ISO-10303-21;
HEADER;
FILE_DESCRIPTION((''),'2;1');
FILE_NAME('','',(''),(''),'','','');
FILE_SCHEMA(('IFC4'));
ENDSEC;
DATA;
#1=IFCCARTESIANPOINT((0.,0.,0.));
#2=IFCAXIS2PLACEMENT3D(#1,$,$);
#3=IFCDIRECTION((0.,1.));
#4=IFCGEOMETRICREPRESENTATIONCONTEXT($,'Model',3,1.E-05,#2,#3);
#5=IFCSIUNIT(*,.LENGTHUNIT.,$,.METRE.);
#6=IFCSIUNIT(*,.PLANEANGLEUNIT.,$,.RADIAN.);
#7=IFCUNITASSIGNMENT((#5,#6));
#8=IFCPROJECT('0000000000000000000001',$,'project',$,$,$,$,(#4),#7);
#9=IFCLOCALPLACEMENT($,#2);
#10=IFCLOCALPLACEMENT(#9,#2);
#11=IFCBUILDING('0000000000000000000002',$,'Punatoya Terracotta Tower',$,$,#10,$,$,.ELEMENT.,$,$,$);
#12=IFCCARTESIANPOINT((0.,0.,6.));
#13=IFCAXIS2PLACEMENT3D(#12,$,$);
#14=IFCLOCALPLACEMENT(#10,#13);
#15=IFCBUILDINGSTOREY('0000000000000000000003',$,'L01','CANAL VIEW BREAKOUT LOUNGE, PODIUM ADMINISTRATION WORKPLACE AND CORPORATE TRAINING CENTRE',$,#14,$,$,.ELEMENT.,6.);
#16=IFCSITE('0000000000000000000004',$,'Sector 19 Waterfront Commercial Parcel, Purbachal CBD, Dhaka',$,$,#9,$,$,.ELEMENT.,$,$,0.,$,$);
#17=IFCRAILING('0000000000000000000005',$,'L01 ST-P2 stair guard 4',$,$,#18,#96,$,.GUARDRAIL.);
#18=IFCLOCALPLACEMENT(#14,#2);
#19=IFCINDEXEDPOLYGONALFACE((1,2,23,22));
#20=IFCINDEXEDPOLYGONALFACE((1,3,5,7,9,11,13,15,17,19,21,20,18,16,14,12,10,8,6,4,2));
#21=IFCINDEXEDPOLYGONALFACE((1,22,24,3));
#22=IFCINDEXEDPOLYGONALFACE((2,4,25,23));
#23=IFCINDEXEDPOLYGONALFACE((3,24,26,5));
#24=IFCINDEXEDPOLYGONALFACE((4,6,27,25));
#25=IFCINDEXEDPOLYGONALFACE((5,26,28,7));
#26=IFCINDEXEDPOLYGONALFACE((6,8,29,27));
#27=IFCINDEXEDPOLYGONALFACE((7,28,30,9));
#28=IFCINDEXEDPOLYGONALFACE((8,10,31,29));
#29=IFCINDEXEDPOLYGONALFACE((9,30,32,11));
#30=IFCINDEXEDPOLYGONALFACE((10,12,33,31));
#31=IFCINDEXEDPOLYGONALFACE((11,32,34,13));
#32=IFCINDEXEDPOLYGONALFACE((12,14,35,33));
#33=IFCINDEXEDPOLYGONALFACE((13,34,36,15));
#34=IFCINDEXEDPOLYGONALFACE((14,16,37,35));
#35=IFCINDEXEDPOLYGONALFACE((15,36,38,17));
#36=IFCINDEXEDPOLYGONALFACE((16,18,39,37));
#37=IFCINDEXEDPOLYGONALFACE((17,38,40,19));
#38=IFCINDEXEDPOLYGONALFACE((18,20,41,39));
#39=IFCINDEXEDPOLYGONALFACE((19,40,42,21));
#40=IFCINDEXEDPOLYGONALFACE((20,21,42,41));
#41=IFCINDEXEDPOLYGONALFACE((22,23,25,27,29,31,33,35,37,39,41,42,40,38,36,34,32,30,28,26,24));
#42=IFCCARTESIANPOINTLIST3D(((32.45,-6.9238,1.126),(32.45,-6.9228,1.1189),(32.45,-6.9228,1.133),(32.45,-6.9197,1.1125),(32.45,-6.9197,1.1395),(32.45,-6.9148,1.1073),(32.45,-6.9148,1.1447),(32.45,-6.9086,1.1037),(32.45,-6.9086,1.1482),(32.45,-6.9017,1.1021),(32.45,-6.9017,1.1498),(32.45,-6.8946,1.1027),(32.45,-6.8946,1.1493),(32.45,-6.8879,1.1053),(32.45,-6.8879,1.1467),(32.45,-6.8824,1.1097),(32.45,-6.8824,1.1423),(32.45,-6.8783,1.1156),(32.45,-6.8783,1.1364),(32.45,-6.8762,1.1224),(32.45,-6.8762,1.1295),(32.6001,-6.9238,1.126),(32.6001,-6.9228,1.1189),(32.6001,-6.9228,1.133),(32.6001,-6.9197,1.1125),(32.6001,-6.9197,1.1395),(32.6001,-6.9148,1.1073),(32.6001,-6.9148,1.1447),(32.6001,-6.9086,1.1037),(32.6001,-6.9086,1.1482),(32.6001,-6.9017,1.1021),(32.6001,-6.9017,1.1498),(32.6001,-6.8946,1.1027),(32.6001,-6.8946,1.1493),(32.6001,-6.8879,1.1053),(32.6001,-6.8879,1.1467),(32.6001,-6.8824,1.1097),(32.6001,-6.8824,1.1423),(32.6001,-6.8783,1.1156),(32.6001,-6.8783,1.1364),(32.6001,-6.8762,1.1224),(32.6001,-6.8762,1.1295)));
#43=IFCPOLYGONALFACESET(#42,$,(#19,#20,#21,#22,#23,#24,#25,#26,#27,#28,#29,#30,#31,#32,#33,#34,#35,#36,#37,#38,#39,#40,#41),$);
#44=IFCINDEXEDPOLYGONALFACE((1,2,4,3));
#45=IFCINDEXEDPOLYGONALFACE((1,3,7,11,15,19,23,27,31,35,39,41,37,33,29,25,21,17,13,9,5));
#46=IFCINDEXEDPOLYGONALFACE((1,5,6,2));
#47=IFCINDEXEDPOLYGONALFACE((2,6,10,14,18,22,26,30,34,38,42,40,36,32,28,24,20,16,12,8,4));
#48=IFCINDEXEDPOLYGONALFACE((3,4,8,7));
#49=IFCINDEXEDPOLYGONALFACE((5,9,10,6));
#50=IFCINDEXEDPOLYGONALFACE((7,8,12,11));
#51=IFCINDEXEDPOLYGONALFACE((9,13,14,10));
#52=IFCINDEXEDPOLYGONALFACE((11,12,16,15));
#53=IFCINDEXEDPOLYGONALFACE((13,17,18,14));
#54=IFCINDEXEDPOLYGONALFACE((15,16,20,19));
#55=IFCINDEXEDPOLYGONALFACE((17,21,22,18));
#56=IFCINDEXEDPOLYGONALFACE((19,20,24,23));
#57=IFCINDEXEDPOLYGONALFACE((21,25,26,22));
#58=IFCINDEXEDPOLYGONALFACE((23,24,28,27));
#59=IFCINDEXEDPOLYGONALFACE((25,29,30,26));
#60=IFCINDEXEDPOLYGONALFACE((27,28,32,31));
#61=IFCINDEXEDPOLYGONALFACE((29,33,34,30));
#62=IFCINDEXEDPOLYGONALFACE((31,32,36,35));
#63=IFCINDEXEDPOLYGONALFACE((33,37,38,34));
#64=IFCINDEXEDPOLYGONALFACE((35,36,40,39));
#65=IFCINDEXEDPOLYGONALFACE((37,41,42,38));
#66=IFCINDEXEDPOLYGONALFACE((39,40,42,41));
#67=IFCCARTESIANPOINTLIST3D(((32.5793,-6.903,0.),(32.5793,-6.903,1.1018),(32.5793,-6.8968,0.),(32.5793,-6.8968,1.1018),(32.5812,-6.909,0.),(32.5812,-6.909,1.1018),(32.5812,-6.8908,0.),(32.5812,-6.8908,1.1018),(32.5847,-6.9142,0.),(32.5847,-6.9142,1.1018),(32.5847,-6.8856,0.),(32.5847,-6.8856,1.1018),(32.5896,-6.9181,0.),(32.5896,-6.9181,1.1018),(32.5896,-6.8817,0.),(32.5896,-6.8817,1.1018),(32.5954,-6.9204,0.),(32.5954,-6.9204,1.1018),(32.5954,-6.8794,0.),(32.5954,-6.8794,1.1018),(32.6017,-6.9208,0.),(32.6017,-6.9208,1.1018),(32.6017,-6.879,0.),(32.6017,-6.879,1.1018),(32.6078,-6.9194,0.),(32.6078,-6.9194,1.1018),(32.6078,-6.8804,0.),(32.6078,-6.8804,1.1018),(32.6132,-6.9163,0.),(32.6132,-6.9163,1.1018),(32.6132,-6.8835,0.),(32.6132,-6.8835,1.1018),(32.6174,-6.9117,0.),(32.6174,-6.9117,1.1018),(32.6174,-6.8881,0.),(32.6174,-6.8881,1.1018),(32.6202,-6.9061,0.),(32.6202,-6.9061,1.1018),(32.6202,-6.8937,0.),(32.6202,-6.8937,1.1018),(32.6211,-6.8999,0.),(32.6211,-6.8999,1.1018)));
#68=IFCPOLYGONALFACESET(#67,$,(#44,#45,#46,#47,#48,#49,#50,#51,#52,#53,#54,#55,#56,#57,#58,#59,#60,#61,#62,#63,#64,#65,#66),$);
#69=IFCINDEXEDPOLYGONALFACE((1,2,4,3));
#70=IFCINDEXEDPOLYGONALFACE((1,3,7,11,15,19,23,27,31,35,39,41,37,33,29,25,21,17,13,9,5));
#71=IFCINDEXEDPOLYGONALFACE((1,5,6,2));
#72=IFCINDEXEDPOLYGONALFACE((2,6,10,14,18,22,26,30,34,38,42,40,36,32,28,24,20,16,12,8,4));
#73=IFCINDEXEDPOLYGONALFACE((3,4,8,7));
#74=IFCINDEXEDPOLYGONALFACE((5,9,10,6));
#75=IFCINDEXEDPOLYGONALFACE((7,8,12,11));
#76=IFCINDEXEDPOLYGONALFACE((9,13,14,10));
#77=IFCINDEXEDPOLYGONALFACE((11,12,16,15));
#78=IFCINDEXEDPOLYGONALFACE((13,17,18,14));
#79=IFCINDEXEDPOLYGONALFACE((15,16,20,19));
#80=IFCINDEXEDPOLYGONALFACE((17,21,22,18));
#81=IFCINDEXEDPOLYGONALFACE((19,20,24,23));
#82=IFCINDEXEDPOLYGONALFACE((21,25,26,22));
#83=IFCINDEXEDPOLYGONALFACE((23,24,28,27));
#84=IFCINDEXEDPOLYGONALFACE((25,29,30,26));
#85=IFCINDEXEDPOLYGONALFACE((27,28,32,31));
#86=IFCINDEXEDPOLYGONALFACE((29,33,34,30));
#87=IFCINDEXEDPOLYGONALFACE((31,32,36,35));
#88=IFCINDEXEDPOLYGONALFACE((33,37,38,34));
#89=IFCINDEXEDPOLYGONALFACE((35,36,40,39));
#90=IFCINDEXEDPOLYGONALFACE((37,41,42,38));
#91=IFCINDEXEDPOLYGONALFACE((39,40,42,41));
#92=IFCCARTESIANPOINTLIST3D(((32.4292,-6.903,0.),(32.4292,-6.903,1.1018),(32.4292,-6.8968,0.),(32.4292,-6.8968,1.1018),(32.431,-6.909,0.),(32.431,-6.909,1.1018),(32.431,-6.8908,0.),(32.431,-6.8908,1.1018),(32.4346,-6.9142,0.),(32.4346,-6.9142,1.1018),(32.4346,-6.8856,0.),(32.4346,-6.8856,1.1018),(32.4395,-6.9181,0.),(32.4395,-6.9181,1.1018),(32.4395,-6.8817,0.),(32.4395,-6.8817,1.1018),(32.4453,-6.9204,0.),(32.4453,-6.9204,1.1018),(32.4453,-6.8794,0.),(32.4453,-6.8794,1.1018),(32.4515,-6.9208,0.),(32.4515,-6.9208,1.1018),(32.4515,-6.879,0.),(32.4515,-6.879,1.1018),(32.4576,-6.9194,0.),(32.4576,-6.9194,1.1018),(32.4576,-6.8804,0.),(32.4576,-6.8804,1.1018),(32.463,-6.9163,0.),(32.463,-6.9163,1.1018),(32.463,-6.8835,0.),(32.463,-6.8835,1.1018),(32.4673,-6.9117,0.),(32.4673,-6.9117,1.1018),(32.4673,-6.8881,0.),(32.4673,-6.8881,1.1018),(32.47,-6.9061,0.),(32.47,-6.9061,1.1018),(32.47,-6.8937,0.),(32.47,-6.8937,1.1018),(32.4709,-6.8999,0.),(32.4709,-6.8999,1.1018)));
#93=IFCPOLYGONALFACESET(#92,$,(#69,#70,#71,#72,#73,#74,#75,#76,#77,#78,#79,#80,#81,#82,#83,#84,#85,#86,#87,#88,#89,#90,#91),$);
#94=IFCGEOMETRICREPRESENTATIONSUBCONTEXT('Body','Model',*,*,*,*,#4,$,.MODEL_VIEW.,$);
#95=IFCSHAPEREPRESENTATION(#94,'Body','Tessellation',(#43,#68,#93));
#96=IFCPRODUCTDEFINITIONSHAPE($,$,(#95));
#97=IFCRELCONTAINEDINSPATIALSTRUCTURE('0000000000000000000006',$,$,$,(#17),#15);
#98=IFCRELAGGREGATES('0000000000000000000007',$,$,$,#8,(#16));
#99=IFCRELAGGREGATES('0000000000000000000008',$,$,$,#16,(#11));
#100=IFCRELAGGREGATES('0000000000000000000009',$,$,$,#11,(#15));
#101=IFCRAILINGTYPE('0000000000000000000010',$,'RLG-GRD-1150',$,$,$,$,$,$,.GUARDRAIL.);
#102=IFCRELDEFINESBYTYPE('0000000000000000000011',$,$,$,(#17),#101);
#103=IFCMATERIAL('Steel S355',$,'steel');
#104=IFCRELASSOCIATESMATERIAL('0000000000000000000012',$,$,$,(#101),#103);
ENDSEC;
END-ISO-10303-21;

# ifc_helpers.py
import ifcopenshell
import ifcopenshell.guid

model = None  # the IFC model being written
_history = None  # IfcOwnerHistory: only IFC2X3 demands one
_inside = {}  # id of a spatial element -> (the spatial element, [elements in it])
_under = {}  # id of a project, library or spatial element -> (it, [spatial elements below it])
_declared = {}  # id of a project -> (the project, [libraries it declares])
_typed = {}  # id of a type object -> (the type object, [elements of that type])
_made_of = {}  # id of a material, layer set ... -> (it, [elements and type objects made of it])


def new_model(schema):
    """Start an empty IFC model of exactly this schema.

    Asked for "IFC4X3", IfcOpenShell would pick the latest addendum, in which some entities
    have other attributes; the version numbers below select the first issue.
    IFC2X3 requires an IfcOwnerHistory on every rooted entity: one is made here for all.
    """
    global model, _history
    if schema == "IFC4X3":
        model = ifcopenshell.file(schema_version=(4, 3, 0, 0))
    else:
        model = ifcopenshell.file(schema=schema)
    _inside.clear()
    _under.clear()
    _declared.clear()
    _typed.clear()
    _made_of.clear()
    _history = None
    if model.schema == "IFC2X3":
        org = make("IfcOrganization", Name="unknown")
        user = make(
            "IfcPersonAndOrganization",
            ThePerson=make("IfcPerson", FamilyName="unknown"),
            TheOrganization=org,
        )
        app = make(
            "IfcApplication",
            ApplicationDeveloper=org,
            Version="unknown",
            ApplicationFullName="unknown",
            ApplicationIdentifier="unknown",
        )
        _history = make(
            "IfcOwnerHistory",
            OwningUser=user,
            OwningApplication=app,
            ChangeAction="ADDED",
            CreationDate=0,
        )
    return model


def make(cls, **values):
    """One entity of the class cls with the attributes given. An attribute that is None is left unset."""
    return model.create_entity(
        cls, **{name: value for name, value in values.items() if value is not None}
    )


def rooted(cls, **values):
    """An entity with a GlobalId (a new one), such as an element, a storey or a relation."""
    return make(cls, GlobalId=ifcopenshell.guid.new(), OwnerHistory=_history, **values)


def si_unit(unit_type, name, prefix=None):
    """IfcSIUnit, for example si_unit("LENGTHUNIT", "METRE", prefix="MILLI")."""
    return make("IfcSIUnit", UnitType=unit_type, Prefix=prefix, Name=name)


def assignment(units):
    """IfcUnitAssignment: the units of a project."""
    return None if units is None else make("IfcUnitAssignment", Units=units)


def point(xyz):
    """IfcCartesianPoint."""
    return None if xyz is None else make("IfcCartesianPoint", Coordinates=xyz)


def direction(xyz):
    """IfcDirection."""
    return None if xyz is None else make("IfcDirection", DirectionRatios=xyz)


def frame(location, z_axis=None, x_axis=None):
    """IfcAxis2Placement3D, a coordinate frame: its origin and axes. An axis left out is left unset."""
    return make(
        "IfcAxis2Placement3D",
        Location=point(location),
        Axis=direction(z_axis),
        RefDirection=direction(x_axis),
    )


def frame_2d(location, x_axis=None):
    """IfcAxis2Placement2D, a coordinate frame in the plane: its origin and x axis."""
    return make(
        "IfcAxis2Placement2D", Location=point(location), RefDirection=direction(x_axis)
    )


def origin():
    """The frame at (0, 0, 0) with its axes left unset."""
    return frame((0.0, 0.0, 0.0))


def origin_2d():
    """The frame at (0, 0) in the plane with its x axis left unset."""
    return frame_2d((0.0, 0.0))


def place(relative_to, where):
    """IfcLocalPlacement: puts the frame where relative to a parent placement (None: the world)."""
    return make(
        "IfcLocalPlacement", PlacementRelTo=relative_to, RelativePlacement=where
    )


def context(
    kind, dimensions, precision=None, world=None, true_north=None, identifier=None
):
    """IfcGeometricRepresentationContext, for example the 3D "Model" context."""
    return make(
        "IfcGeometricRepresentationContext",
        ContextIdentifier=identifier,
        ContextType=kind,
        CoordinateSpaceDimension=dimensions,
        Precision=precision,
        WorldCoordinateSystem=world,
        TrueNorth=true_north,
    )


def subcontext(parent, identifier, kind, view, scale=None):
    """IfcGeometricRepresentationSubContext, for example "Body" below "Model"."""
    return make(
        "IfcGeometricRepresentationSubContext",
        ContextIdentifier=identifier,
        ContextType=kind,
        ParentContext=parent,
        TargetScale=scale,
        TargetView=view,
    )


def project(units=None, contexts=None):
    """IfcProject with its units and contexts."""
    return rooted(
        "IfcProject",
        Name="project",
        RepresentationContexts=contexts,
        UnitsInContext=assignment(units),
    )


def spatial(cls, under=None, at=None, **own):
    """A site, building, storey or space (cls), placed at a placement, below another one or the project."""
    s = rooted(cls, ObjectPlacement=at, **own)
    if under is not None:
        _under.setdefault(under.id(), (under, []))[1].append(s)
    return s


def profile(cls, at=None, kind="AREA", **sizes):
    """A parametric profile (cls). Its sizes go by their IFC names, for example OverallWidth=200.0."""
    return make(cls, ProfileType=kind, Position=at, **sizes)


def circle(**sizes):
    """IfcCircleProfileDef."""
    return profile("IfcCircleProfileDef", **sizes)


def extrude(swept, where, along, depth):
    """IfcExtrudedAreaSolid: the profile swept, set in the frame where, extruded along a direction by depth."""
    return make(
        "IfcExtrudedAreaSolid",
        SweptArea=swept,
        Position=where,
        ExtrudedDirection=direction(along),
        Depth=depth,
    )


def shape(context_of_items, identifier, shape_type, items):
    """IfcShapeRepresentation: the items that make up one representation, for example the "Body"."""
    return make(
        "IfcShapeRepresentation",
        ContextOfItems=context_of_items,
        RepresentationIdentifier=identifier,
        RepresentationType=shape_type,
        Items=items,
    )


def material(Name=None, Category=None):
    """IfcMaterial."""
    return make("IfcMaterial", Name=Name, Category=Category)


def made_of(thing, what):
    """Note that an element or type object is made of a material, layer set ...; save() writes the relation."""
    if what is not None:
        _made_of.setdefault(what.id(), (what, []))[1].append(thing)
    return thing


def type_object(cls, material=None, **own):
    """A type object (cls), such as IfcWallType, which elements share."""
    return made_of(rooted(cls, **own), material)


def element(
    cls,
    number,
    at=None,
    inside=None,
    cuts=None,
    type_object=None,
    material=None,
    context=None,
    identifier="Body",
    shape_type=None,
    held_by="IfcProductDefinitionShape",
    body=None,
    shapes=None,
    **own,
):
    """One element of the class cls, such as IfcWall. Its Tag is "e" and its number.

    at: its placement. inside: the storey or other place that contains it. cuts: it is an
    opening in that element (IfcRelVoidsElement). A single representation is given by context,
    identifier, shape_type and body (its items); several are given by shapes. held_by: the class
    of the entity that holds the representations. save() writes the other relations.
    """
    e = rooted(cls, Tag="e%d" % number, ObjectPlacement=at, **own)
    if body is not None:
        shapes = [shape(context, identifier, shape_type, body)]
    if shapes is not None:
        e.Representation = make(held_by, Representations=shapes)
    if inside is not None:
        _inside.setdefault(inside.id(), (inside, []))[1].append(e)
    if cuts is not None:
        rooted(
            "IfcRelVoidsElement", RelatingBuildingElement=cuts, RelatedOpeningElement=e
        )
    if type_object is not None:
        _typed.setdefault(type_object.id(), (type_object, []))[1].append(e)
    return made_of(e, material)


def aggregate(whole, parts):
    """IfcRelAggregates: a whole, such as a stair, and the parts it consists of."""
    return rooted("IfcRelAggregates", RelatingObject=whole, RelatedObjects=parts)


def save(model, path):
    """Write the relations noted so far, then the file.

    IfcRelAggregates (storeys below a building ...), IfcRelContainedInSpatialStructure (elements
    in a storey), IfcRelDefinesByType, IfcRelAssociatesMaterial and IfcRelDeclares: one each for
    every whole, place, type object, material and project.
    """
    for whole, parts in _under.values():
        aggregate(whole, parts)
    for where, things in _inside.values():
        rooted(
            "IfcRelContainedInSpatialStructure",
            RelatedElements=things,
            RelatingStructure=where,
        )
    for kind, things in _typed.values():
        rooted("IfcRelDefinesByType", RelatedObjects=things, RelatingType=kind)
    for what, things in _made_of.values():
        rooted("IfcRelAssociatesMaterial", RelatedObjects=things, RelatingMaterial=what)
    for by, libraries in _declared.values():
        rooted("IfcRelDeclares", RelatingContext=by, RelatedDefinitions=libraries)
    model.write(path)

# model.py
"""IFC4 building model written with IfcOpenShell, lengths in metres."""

from ifc_helpers import new_model, si_unit, direction, frame, origin, origin_2d, place, context, subcontext, project, spatial, circle, extrude, material, type_object, element, save


model = new_model("IFC4")

# Units and contexts
model_context = context("Model", 3, precision=1e-05, world=origin(), true_north=direction((0.0, 1.0)))
body_context = subcontext(model_context, "Body", "Model", "MODEL_VIEW")
ifc_project = project(units=[si_unit("LENGTHUNIT", "METRE"), si_unit("PLANEANGLEUNIT", "RADIAN")], contexts=[model_context])

# Site, building, storey
site_placement = place(None, origin())
site = spatial("IfcSite", under=ifc_project, at=site_placement, Name="Sector 19 Waterfront Commercial Parcel, Purbachal CBD, Dhaka", CompositionType="ELEMENT", RefElevation=0.0)
building_placement = place(site_placement, origin())
building = spatial("IfcBuilding", under=site, at=building_placement, Name="Punatoya Terracotta Tower", CompositionType="ELEMENT")
storey_placement = place(building_placement, frame((0.0, 0.0, 6.0)))
storey = spatial("IfcBuildingStorey", under=building, at=storey_placement, Name="L01", Description="CANAL VIEW BREAKOUT LOUNGE, PODIUM ADMINISTRATION WORKPLACE AND CORPORATE TRAINING CENTRE", CompositionType="ELEMENT", Elevation=6.0)

# Shared definitions
ifc_material_1 = material(Name="Steel S355", Category="steel")

# Railing
railing_type_1 = type_object("IfcRailingType", Name="RLG-GRD-1150", PredefinedType="GUARDRAIL", material=ifc_material_1)
railing_1_placement = place(storey_placement, frame((32.6001, -6.8999, 0.0)))
element("IfcRailing", 1, at=railing_1_placement, inside=storey, type_object=railing_type_1, Name="L01 ST-P2 stair guard 4", PredefinedType="GUARDRAIL", context=body_context, shape_type="SweptSolid", body=[
    extrude(circle(Radius=0.0239, at=origin_2d()), frame((0.0, 0.0, 1.126), z_axis=(-1.0, 0.0, 0.0), x_axis=(0.0, -1.0, 0.0)), (0.0, 0.0, 1.0), 0.1501),
    extrude(circle(Radius=0.021, at=origin_2d()), origin(), (0.0, 0.0, 1.0), 1.1018),
    extrude(circle(Radius=0.021, at=origin_2d()), frame((-0.1501, 0.0, 0.0)), (0.0, 0.0, 1.0), 1.1018),
])

save(model, "model.ifc")
